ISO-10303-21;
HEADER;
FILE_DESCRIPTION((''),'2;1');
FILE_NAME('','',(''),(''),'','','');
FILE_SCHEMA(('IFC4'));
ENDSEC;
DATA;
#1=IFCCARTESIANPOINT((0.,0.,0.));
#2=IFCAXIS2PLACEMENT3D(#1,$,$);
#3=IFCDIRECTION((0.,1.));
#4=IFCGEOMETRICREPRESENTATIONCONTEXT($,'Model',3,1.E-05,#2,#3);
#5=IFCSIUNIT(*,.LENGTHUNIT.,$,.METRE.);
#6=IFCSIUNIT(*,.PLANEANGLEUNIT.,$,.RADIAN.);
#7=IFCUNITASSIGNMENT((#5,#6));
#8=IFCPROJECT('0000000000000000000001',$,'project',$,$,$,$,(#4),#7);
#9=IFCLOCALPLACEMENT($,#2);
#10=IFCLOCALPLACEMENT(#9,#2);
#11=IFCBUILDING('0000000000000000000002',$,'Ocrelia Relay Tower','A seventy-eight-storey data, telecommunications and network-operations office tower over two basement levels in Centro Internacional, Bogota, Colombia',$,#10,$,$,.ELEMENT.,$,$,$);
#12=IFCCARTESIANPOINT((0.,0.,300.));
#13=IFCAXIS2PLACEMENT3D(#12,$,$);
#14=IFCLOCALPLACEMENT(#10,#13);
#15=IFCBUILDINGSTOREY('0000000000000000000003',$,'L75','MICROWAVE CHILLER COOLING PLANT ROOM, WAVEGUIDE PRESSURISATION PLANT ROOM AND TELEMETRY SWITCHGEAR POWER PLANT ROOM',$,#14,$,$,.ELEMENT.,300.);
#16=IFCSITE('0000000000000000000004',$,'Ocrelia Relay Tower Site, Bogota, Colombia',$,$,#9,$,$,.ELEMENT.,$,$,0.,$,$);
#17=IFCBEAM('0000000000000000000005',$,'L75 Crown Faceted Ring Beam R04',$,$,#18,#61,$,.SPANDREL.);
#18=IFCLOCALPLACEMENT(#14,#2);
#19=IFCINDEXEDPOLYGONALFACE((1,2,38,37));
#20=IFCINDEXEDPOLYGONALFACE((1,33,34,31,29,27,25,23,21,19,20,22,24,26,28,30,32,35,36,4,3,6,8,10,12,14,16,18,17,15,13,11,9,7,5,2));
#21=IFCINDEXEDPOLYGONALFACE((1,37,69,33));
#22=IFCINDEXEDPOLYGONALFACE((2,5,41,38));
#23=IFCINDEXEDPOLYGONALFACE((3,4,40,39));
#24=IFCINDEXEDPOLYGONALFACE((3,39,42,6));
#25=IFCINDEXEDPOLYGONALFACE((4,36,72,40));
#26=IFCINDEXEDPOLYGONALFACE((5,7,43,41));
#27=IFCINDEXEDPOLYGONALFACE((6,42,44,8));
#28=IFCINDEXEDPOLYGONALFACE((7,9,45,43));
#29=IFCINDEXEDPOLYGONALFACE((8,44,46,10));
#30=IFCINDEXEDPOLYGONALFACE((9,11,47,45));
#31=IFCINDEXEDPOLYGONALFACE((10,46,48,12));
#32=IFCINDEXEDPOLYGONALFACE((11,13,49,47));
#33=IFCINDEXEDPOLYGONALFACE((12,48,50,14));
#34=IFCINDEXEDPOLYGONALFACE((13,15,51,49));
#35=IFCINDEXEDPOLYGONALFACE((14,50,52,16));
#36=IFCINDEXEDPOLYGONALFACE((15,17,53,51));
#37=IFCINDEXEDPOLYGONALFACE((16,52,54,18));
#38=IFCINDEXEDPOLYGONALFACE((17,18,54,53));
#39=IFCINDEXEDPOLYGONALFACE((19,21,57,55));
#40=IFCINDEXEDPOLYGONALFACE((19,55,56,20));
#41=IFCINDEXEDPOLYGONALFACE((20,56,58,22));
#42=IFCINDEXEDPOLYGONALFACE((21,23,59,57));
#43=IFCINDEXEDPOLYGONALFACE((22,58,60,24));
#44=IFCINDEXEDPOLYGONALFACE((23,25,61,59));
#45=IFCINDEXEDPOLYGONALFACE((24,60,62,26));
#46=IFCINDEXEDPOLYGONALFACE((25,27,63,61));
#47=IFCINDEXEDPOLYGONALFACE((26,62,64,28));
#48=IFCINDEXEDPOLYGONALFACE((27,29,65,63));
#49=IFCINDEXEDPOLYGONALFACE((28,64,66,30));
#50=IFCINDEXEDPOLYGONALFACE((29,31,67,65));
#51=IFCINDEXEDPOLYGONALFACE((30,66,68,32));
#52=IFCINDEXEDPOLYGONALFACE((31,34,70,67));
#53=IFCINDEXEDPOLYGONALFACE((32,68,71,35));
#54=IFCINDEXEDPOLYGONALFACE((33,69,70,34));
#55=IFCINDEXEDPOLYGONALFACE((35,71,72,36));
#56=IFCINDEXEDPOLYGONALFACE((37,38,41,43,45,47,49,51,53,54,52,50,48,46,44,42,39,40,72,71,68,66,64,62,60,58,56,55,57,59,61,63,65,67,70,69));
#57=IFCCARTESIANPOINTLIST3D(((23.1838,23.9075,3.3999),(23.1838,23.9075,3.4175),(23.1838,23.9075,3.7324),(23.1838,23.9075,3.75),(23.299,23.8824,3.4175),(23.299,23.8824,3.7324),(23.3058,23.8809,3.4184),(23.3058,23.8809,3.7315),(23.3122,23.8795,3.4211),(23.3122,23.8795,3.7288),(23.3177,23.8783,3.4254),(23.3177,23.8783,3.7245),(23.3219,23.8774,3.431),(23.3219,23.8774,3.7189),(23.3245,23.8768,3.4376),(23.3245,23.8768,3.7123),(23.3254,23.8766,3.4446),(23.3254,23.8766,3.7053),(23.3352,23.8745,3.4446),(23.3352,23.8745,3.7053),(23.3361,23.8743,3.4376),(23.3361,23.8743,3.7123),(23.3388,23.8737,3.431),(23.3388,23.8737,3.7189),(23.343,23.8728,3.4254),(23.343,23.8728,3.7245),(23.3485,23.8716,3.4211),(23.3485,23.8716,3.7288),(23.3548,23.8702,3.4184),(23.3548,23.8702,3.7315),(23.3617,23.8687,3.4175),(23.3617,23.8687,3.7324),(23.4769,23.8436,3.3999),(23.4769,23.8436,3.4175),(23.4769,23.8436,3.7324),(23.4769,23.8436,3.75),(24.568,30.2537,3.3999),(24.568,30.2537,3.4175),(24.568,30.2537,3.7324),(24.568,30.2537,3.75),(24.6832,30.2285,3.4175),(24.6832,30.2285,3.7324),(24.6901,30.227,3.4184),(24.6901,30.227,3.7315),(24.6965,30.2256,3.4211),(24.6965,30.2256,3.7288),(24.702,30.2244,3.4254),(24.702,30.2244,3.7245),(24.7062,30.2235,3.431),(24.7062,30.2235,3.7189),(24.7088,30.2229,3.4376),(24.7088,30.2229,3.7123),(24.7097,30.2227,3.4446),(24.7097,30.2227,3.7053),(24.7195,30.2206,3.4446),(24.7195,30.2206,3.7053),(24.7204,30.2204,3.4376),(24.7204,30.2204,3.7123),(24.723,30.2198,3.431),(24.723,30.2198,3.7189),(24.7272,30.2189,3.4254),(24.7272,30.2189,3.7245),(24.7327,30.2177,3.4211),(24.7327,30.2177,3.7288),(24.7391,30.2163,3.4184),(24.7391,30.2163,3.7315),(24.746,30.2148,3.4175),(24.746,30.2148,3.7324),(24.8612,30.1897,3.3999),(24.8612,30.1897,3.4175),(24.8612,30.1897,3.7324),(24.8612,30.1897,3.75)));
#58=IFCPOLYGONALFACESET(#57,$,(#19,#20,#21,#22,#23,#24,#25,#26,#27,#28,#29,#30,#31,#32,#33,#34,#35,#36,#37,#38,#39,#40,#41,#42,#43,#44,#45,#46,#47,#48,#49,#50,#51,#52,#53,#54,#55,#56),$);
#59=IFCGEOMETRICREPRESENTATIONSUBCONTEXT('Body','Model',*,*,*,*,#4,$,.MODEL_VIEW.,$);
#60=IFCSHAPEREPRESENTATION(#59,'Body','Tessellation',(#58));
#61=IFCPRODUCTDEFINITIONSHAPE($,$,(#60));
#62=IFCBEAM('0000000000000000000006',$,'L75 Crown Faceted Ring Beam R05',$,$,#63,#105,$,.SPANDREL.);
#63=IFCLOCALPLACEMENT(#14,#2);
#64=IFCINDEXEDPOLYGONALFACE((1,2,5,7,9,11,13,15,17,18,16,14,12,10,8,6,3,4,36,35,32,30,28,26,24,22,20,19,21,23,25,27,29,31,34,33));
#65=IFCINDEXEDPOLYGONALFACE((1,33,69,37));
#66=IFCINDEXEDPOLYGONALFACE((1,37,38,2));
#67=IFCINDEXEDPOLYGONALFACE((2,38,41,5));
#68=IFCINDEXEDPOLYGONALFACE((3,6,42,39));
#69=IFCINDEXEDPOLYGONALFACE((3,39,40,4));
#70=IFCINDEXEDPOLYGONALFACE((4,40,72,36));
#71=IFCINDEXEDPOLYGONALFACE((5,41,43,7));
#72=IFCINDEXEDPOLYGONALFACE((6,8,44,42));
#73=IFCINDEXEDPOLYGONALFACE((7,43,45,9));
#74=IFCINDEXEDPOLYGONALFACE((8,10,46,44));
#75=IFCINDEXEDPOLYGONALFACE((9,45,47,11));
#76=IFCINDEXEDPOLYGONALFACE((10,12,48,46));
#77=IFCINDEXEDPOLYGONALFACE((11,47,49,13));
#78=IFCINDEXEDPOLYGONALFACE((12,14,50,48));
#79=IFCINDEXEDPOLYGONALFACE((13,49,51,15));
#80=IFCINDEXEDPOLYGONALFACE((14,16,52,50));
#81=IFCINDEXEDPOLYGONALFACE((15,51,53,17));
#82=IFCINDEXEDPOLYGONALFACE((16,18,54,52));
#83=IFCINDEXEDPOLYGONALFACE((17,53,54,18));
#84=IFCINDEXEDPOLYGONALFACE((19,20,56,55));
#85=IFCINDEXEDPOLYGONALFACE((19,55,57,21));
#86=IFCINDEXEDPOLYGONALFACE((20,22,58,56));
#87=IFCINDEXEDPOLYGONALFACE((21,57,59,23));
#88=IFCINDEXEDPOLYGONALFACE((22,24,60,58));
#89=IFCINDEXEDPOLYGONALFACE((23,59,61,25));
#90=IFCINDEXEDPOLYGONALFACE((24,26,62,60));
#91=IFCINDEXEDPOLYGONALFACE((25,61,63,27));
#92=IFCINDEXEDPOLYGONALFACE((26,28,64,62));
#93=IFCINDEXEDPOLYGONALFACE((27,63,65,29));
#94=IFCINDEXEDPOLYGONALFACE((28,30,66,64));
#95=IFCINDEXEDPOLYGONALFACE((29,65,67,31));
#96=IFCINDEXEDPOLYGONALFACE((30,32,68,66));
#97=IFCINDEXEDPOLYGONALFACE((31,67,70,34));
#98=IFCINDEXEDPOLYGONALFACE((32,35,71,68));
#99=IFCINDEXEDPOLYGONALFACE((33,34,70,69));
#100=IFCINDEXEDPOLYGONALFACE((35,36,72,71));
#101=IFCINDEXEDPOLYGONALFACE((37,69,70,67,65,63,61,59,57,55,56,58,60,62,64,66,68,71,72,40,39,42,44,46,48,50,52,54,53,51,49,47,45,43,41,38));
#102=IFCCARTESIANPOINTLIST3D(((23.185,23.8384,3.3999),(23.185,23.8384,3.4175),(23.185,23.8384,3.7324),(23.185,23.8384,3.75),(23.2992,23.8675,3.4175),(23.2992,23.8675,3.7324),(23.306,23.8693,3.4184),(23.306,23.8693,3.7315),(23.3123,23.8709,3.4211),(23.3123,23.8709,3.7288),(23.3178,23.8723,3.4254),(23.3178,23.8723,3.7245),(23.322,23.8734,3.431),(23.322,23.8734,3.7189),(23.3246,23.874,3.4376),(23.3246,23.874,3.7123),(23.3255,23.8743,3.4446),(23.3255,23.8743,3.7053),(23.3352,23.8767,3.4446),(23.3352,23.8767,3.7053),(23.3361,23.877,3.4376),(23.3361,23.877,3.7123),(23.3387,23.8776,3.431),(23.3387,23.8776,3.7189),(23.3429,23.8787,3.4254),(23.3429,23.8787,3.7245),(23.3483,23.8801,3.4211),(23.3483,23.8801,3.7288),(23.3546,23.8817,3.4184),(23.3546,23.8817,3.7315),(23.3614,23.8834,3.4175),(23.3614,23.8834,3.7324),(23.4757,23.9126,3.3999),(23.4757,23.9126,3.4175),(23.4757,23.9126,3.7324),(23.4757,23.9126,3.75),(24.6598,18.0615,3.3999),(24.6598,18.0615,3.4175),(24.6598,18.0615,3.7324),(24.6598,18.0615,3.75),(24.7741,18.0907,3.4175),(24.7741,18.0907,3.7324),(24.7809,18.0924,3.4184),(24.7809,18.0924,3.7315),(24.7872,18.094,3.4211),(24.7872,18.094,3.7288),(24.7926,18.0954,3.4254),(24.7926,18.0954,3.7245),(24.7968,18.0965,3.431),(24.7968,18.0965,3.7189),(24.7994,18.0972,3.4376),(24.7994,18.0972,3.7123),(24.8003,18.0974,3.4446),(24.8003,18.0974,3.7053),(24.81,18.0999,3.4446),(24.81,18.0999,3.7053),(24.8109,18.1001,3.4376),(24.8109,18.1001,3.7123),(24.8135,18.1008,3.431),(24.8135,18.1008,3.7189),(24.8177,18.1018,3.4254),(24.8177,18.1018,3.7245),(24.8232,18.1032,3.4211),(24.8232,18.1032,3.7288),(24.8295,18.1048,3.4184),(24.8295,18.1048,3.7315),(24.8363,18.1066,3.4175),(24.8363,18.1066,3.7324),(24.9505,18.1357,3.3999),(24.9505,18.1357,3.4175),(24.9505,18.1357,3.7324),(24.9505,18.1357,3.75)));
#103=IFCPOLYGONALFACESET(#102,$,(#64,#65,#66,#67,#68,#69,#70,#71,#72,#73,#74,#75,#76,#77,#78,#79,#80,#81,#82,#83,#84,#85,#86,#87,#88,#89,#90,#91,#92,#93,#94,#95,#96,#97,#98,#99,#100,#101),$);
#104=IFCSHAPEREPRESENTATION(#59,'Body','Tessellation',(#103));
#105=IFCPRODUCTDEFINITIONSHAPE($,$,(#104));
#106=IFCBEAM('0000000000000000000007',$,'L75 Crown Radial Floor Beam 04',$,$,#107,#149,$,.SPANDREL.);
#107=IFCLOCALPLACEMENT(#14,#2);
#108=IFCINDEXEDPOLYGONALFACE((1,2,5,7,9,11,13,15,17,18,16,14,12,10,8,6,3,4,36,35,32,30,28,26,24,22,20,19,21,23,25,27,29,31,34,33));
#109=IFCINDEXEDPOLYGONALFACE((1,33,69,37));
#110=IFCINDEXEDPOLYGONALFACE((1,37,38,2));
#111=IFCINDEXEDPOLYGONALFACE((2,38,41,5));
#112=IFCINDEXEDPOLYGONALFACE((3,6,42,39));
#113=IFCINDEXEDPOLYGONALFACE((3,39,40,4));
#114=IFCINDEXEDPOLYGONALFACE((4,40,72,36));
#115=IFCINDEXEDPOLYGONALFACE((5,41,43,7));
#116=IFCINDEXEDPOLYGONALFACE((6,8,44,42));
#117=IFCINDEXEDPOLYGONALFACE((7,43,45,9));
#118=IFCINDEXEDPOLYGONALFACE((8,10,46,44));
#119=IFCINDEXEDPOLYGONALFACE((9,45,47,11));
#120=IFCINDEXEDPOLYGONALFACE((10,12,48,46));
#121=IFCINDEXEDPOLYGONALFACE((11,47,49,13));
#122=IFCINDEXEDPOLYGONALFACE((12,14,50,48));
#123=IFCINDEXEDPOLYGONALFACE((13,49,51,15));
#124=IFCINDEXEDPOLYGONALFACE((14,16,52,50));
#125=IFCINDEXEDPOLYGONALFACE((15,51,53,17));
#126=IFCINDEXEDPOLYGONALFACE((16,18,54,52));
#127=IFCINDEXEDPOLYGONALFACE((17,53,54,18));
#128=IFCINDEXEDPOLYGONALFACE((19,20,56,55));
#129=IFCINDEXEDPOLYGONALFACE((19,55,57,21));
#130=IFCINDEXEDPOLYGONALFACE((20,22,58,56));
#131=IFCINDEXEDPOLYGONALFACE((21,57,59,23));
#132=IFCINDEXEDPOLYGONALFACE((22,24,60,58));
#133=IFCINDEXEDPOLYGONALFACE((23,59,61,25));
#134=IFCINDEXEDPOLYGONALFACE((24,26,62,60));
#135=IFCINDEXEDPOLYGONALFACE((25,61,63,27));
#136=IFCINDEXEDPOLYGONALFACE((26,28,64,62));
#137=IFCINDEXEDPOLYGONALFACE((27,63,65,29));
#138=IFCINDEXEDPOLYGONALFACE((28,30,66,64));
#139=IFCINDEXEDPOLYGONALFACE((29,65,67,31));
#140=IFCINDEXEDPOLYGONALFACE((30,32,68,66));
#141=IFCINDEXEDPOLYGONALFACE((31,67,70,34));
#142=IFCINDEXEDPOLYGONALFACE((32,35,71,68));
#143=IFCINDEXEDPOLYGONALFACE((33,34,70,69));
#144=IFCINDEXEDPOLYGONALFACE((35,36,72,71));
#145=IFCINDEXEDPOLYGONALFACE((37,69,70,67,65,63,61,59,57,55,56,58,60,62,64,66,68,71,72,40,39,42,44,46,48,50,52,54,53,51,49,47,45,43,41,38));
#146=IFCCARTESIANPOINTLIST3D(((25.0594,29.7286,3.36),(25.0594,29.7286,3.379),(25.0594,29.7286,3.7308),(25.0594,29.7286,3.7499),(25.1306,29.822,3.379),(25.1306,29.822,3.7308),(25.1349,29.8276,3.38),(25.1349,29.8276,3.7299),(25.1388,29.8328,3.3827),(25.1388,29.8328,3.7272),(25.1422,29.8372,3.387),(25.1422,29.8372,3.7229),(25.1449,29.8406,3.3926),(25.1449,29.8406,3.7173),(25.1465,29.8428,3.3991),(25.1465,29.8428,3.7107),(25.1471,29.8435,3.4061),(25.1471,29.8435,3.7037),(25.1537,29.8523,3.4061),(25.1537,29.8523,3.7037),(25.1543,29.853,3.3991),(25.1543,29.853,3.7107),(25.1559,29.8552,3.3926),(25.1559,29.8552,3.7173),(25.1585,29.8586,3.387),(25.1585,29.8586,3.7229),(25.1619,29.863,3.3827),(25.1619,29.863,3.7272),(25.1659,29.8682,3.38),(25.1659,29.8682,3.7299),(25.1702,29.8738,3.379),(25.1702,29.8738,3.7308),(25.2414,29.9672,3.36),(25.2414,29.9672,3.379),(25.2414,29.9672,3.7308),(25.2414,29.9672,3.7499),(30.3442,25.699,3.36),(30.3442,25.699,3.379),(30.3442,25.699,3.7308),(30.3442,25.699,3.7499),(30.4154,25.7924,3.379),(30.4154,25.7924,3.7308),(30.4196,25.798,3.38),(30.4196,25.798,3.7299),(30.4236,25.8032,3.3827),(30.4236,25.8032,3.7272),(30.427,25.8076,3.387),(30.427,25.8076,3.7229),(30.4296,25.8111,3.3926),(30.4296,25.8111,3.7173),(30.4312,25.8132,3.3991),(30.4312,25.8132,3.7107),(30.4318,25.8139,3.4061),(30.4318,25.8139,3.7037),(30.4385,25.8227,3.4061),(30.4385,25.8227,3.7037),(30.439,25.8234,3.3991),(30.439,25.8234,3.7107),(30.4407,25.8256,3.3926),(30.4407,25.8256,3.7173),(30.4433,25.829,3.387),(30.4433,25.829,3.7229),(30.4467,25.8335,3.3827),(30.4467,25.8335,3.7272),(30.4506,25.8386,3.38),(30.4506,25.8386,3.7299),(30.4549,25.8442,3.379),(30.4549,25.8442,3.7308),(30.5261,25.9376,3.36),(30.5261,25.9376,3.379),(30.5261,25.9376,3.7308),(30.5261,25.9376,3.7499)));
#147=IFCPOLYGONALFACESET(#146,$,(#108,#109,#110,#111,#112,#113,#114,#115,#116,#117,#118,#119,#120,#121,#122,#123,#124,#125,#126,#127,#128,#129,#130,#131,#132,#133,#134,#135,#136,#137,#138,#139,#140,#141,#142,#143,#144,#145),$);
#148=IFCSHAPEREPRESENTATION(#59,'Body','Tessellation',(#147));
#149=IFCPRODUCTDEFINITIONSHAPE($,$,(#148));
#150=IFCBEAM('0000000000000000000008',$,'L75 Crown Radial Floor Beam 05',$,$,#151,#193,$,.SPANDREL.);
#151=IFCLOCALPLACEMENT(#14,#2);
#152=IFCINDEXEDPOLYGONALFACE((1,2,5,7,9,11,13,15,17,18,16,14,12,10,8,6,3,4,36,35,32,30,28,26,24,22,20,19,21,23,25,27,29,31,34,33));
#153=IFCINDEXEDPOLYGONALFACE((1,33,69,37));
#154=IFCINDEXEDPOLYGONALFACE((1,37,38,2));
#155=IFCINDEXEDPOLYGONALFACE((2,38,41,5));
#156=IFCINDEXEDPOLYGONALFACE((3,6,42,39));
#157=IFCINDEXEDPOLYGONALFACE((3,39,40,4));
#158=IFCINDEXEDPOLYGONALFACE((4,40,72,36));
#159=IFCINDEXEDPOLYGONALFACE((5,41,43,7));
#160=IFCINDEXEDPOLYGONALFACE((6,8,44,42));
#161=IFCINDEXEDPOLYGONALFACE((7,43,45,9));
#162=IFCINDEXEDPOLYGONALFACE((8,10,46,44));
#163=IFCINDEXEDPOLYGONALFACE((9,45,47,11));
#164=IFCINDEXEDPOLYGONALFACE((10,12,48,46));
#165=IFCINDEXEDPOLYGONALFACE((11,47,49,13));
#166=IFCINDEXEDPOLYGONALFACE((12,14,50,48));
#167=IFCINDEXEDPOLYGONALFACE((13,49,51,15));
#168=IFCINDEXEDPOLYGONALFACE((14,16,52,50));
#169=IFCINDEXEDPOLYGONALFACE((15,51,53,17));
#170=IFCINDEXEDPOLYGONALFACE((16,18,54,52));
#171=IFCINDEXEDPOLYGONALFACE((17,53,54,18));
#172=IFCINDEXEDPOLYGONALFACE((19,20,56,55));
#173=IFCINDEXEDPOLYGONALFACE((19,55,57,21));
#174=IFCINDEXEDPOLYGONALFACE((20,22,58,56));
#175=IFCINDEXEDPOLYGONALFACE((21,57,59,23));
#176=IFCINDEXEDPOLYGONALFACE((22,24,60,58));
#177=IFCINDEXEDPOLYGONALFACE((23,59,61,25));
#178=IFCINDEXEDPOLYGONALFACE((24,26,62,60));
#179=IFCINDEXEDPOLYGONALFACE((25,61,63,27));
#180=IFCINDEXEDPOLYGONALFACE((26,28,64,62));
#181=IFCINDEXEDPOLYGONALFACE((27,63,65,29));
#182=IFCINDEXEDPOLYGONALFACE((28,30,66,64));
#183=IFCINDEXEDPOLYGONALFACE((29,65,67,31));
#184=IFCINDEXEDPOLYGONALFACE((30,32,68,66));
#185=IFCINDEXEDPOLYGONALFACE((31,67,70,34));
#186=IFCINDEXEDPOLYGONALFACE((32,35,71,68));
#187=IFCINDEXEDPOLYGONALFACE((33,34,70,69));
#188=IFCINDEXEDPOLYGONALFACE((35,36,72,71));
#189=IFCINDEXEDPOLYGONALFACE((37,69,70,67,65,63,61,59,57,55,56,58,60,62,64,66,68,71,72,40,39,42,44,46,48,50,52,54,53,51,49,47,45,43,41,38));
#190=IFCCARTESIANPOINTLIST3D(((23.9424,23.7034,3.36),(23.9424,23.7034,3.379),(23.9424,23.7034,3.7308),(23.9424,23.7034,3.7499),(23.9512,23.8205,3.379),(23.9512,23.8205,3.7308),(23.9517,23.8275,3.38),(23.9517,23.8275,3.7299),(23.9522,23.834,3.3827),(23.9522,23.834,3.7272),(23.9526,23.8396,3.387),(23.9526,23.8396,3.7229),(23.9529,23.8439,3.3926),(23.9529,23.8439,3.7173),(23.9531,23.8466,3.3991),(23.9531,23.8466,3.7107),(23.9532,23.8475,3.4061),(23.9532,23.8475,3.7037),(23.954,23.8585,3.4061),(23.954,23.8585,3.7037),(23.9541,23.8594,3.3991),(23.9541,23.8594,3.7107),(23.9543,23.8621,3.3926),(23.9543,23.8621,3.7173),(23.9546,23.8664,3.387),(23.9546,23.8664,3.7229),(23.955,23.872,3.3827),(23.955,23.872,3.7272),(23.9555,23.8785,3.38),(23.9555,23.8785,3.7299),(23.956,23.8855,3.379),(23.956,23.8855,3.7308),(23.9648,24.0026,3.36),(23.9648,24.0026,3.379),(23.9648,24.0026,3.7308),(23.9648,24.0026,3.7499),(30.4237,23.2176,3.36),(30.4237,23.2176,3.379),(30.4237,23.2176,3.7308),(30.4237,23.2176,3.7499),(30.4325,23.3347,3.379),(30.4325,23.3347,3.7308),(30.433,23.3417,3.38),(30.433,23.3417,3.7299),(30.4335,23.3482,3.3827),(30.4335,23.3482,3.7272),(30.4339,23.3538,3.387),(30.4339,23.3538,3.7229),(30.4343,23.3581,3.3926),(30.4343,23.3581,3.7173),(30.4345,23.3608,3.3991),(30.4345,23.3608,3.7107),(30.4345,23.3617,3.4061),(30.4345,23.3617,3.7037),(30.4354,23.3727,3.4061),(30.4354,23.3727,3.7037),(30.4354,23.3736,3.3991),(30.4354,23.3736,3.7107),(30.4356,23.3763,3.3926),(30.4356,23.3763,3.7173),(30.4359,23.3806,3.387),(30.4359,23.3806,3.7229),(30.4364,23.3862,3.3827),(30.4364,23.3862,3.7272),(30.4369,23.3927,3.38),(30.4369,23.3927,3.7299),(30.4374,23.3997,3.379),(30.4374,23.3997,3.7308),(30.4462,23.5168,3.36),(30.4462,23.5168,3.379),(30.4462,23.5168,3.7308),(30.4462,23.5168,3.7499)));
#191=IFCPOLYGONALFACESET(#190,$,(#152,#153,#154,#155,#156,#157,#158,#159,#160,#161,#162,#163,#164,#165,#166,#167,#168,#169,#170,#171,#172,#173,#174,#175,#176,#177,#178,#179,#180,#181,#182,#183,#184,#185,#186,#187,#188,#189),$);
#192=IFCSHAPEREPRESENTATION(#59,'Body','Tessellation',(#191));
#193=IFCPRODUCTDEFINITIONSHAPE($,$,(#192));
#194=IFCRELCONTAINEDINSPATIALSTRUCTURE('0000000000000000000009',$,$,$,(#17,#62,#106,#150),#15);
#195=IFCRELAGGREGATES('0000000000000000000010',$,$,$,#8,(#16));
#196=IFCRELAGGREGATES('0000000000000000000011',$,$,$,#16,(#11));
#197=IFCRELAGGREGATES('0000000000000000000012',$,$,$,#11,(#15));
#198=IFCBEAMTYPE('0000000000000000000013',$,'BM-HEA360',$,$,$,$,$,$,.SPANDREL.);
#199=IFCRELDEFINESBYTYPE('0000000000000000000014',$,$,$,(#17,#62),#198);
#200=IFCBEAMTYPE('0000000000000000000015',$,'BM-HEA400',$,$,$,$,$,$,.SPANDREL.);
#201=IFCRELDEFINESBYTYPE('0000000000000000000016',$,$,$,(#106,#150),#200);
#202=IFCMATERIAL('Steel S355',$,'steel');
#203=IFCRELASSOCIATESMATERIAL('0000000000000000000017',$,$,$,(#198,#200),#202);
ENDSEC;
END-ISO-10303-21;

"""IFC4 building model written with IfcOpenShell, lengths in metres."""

from ifc_helpers import new_model, si_unit, direction, frame, origin, origin_2d, place, context, subcontext, project, spatial, i_section, extrude, material, material_profile, profile_set, type_object, element, save


model = new_model("IFC4")

# Units and contexts
model_context = context("Model", 3, precision=1e-05, world=origin(), true_north=direction((0.0, 1.0)))
body_context = subcontext(model_context, "Body", "Model", "MODEL_VIEW")
ifc_project = project(units=[si_unit("LENGTHUNIT", "METRE"), si_unit("PLANEANGLEUNIT", "RADIAN")], contexts=[model_context])

# Site, building, storey
site_placement = place(None, origin())
site = spatial("IfcSite", under=ifc_project, at=site_placement, Name="Ocrelia Relay Tower Site, Bogota, Colombia", CompositionType="ELEMENT", RefElevation=0.0)
building_placement = place(site_placement, origin())
building = spatial("IfcBuilding", under=site, at=building_placement, Name="Ocrelia Relay Tower", Description="A seventy-eight-storey data, telecommunications and network-operations office tower over two basement levels in Centro Internacional, Bogota, Colombia", CompositionType="ELEMENT")
storey_placement = place(building_placement, frame((0.0, 0.0, 300.0)))
storey = spatial("IfcBuildingStorey", under=building, at=storey_placement, Name="L75", Description="MICROWAVE CHILLER COOLING PLANT ROOM, WAVEGUIDE PRESSURISATION PLANT ROOM AND TELEMETRY SWITCHGEAR POWER PLANT ROOM", CompositionType="ELEMENT", Elevation=300.0)

# Beams
ifc_material_1 = material(Name="Steel S355", Category="steel")
ifc_material_profile_1 = material_profile(ifc_material_1, i_section(OverallWidth=0.3, OverallDepth=0.3501, WebThickness=0.01, FlangeThickness=0.0176, FilletRadius=0.0271, at=origin_2d()), Name="HEA 360")
ifc_profile_set_1 = profile_set([ifc_material_profile_1], Name="Steel S355")
beam_type_1 = type_object("IfcBeamType", Name="BM-HEA360", PredefinedType="SPANDREL", material=ifc_profile_set_1)
beam_1_placement = place(storey_placement, frame((24.7146, 30.2217, 3.575), z_axis=(-0.213116, -0.977027, 0.0), x_axis=(0.977027, -0.213116, 0.0)))
element("IfcBeam", 1, at=beam_1_placement, inside=storey, type_object=beam_type_1, Name="L75 Crown Faceted Ring Beam R04", PredefinedType="SPANDREL", context=body_context, shape_type="SweptSolid", body=[
    extrude(i_section(OverallWidth=0.3, OverallDepth=0.3501, WebThickness=0.01, FlangeThickness=0.0176, FilletRadius=0.0271, at=origin_2d()), origin(), (0.0, 0.0, 1.0), 6.4954),
])
beam_2_placement = place(storey_placement, frame((23.3303, 23.8755, 3.575), z_axis=(0.247369, -0.968921, 0.0), x_axis=(0.968921, 0.247369, 0.0)))
element("IfcBeam", 2, at=beam_2_placement, inside=storey, type_object=beam_type_1, Name="L75 Crown Faceted Ring Beam R05", PredefinedType="SPANDREL", context=body_context, shape_type="SweptSolid", body=[
    extrude(i_section(OverallWidth=0.3, OverallDepth=0.3501, WebThickness=0.01, FlangeThickness=0.0176, FilletRadius=0.0271, at=origin_2d()), origin(), (0.0, 0.0, 1.0), 5.9622),
])
ifc_material_profile_2 = material_profile(ifc_material_1, i_section(OverallWidth=0.3, OverallDepth=0.3899, WebThickness=0.011, FlangeThickness=0.019, FilletRadius=0.0271, at=origin_2d()), Name="HEA 400")
ifc_profile_set_2 = profile_set([ifc_material_profile_2], Name="Steel S355")
beam_type_2 = type_object("IfcBeamType", Name="BM-HEA400", PredefinedType="SPANDREL", material=ifc_profile_set_2)
beam_3_placement = place(storey_placement, frame((25.1504, 29.8479, 3.5549), z_axis=(0.795205, -0.606341, 0.0), x_axis=(0.606341, 0.795205, 0.0)))
element("IfcBeam", 3, at=beam_3_placement, inside=storey, type_object=beam_type_2, Name="L75 Crown Radial Floor Beam 04", PredefinedType="SPANDREL", context=body_context, shape_type="SweptSolid", body=[
    extrude(i_section(OverallWidth=0.3, OverallDepth=0.3899, WebThickness=0.011, FlangeThickness=0.019, FilletRadius=0.0271, at=origin_2d()), origin(), (0.0, 0.0, 1.0), 6.6458),
])
beam_4_placement = place(storey_placement, frame((23.9536, 23.853, 3.5549), z_axis=(0.997202, -0.074749, 0.0), x_axis=(0.074749, 0.997202, 0.0)))
element("IfcBeam", 4, at=beam_4_placement, inside=storey, type_object=beam_type_2, Name="L75 Crown Radial Floor Beam 05", PredefinedType="SPANDREL", context=body_context, shape_type="SweptSolid", body=[
    extrude(i_section(OverallWidth=0.3, OverallDepth=0.3899, WebThickness=0.011, FlangeThickness=0.019, FilletRadius=0.0271, at=origin_2d()), origin(), (0.0, 0.0, 1.0), 6.4995),
])

save(model, "model.ifc")
